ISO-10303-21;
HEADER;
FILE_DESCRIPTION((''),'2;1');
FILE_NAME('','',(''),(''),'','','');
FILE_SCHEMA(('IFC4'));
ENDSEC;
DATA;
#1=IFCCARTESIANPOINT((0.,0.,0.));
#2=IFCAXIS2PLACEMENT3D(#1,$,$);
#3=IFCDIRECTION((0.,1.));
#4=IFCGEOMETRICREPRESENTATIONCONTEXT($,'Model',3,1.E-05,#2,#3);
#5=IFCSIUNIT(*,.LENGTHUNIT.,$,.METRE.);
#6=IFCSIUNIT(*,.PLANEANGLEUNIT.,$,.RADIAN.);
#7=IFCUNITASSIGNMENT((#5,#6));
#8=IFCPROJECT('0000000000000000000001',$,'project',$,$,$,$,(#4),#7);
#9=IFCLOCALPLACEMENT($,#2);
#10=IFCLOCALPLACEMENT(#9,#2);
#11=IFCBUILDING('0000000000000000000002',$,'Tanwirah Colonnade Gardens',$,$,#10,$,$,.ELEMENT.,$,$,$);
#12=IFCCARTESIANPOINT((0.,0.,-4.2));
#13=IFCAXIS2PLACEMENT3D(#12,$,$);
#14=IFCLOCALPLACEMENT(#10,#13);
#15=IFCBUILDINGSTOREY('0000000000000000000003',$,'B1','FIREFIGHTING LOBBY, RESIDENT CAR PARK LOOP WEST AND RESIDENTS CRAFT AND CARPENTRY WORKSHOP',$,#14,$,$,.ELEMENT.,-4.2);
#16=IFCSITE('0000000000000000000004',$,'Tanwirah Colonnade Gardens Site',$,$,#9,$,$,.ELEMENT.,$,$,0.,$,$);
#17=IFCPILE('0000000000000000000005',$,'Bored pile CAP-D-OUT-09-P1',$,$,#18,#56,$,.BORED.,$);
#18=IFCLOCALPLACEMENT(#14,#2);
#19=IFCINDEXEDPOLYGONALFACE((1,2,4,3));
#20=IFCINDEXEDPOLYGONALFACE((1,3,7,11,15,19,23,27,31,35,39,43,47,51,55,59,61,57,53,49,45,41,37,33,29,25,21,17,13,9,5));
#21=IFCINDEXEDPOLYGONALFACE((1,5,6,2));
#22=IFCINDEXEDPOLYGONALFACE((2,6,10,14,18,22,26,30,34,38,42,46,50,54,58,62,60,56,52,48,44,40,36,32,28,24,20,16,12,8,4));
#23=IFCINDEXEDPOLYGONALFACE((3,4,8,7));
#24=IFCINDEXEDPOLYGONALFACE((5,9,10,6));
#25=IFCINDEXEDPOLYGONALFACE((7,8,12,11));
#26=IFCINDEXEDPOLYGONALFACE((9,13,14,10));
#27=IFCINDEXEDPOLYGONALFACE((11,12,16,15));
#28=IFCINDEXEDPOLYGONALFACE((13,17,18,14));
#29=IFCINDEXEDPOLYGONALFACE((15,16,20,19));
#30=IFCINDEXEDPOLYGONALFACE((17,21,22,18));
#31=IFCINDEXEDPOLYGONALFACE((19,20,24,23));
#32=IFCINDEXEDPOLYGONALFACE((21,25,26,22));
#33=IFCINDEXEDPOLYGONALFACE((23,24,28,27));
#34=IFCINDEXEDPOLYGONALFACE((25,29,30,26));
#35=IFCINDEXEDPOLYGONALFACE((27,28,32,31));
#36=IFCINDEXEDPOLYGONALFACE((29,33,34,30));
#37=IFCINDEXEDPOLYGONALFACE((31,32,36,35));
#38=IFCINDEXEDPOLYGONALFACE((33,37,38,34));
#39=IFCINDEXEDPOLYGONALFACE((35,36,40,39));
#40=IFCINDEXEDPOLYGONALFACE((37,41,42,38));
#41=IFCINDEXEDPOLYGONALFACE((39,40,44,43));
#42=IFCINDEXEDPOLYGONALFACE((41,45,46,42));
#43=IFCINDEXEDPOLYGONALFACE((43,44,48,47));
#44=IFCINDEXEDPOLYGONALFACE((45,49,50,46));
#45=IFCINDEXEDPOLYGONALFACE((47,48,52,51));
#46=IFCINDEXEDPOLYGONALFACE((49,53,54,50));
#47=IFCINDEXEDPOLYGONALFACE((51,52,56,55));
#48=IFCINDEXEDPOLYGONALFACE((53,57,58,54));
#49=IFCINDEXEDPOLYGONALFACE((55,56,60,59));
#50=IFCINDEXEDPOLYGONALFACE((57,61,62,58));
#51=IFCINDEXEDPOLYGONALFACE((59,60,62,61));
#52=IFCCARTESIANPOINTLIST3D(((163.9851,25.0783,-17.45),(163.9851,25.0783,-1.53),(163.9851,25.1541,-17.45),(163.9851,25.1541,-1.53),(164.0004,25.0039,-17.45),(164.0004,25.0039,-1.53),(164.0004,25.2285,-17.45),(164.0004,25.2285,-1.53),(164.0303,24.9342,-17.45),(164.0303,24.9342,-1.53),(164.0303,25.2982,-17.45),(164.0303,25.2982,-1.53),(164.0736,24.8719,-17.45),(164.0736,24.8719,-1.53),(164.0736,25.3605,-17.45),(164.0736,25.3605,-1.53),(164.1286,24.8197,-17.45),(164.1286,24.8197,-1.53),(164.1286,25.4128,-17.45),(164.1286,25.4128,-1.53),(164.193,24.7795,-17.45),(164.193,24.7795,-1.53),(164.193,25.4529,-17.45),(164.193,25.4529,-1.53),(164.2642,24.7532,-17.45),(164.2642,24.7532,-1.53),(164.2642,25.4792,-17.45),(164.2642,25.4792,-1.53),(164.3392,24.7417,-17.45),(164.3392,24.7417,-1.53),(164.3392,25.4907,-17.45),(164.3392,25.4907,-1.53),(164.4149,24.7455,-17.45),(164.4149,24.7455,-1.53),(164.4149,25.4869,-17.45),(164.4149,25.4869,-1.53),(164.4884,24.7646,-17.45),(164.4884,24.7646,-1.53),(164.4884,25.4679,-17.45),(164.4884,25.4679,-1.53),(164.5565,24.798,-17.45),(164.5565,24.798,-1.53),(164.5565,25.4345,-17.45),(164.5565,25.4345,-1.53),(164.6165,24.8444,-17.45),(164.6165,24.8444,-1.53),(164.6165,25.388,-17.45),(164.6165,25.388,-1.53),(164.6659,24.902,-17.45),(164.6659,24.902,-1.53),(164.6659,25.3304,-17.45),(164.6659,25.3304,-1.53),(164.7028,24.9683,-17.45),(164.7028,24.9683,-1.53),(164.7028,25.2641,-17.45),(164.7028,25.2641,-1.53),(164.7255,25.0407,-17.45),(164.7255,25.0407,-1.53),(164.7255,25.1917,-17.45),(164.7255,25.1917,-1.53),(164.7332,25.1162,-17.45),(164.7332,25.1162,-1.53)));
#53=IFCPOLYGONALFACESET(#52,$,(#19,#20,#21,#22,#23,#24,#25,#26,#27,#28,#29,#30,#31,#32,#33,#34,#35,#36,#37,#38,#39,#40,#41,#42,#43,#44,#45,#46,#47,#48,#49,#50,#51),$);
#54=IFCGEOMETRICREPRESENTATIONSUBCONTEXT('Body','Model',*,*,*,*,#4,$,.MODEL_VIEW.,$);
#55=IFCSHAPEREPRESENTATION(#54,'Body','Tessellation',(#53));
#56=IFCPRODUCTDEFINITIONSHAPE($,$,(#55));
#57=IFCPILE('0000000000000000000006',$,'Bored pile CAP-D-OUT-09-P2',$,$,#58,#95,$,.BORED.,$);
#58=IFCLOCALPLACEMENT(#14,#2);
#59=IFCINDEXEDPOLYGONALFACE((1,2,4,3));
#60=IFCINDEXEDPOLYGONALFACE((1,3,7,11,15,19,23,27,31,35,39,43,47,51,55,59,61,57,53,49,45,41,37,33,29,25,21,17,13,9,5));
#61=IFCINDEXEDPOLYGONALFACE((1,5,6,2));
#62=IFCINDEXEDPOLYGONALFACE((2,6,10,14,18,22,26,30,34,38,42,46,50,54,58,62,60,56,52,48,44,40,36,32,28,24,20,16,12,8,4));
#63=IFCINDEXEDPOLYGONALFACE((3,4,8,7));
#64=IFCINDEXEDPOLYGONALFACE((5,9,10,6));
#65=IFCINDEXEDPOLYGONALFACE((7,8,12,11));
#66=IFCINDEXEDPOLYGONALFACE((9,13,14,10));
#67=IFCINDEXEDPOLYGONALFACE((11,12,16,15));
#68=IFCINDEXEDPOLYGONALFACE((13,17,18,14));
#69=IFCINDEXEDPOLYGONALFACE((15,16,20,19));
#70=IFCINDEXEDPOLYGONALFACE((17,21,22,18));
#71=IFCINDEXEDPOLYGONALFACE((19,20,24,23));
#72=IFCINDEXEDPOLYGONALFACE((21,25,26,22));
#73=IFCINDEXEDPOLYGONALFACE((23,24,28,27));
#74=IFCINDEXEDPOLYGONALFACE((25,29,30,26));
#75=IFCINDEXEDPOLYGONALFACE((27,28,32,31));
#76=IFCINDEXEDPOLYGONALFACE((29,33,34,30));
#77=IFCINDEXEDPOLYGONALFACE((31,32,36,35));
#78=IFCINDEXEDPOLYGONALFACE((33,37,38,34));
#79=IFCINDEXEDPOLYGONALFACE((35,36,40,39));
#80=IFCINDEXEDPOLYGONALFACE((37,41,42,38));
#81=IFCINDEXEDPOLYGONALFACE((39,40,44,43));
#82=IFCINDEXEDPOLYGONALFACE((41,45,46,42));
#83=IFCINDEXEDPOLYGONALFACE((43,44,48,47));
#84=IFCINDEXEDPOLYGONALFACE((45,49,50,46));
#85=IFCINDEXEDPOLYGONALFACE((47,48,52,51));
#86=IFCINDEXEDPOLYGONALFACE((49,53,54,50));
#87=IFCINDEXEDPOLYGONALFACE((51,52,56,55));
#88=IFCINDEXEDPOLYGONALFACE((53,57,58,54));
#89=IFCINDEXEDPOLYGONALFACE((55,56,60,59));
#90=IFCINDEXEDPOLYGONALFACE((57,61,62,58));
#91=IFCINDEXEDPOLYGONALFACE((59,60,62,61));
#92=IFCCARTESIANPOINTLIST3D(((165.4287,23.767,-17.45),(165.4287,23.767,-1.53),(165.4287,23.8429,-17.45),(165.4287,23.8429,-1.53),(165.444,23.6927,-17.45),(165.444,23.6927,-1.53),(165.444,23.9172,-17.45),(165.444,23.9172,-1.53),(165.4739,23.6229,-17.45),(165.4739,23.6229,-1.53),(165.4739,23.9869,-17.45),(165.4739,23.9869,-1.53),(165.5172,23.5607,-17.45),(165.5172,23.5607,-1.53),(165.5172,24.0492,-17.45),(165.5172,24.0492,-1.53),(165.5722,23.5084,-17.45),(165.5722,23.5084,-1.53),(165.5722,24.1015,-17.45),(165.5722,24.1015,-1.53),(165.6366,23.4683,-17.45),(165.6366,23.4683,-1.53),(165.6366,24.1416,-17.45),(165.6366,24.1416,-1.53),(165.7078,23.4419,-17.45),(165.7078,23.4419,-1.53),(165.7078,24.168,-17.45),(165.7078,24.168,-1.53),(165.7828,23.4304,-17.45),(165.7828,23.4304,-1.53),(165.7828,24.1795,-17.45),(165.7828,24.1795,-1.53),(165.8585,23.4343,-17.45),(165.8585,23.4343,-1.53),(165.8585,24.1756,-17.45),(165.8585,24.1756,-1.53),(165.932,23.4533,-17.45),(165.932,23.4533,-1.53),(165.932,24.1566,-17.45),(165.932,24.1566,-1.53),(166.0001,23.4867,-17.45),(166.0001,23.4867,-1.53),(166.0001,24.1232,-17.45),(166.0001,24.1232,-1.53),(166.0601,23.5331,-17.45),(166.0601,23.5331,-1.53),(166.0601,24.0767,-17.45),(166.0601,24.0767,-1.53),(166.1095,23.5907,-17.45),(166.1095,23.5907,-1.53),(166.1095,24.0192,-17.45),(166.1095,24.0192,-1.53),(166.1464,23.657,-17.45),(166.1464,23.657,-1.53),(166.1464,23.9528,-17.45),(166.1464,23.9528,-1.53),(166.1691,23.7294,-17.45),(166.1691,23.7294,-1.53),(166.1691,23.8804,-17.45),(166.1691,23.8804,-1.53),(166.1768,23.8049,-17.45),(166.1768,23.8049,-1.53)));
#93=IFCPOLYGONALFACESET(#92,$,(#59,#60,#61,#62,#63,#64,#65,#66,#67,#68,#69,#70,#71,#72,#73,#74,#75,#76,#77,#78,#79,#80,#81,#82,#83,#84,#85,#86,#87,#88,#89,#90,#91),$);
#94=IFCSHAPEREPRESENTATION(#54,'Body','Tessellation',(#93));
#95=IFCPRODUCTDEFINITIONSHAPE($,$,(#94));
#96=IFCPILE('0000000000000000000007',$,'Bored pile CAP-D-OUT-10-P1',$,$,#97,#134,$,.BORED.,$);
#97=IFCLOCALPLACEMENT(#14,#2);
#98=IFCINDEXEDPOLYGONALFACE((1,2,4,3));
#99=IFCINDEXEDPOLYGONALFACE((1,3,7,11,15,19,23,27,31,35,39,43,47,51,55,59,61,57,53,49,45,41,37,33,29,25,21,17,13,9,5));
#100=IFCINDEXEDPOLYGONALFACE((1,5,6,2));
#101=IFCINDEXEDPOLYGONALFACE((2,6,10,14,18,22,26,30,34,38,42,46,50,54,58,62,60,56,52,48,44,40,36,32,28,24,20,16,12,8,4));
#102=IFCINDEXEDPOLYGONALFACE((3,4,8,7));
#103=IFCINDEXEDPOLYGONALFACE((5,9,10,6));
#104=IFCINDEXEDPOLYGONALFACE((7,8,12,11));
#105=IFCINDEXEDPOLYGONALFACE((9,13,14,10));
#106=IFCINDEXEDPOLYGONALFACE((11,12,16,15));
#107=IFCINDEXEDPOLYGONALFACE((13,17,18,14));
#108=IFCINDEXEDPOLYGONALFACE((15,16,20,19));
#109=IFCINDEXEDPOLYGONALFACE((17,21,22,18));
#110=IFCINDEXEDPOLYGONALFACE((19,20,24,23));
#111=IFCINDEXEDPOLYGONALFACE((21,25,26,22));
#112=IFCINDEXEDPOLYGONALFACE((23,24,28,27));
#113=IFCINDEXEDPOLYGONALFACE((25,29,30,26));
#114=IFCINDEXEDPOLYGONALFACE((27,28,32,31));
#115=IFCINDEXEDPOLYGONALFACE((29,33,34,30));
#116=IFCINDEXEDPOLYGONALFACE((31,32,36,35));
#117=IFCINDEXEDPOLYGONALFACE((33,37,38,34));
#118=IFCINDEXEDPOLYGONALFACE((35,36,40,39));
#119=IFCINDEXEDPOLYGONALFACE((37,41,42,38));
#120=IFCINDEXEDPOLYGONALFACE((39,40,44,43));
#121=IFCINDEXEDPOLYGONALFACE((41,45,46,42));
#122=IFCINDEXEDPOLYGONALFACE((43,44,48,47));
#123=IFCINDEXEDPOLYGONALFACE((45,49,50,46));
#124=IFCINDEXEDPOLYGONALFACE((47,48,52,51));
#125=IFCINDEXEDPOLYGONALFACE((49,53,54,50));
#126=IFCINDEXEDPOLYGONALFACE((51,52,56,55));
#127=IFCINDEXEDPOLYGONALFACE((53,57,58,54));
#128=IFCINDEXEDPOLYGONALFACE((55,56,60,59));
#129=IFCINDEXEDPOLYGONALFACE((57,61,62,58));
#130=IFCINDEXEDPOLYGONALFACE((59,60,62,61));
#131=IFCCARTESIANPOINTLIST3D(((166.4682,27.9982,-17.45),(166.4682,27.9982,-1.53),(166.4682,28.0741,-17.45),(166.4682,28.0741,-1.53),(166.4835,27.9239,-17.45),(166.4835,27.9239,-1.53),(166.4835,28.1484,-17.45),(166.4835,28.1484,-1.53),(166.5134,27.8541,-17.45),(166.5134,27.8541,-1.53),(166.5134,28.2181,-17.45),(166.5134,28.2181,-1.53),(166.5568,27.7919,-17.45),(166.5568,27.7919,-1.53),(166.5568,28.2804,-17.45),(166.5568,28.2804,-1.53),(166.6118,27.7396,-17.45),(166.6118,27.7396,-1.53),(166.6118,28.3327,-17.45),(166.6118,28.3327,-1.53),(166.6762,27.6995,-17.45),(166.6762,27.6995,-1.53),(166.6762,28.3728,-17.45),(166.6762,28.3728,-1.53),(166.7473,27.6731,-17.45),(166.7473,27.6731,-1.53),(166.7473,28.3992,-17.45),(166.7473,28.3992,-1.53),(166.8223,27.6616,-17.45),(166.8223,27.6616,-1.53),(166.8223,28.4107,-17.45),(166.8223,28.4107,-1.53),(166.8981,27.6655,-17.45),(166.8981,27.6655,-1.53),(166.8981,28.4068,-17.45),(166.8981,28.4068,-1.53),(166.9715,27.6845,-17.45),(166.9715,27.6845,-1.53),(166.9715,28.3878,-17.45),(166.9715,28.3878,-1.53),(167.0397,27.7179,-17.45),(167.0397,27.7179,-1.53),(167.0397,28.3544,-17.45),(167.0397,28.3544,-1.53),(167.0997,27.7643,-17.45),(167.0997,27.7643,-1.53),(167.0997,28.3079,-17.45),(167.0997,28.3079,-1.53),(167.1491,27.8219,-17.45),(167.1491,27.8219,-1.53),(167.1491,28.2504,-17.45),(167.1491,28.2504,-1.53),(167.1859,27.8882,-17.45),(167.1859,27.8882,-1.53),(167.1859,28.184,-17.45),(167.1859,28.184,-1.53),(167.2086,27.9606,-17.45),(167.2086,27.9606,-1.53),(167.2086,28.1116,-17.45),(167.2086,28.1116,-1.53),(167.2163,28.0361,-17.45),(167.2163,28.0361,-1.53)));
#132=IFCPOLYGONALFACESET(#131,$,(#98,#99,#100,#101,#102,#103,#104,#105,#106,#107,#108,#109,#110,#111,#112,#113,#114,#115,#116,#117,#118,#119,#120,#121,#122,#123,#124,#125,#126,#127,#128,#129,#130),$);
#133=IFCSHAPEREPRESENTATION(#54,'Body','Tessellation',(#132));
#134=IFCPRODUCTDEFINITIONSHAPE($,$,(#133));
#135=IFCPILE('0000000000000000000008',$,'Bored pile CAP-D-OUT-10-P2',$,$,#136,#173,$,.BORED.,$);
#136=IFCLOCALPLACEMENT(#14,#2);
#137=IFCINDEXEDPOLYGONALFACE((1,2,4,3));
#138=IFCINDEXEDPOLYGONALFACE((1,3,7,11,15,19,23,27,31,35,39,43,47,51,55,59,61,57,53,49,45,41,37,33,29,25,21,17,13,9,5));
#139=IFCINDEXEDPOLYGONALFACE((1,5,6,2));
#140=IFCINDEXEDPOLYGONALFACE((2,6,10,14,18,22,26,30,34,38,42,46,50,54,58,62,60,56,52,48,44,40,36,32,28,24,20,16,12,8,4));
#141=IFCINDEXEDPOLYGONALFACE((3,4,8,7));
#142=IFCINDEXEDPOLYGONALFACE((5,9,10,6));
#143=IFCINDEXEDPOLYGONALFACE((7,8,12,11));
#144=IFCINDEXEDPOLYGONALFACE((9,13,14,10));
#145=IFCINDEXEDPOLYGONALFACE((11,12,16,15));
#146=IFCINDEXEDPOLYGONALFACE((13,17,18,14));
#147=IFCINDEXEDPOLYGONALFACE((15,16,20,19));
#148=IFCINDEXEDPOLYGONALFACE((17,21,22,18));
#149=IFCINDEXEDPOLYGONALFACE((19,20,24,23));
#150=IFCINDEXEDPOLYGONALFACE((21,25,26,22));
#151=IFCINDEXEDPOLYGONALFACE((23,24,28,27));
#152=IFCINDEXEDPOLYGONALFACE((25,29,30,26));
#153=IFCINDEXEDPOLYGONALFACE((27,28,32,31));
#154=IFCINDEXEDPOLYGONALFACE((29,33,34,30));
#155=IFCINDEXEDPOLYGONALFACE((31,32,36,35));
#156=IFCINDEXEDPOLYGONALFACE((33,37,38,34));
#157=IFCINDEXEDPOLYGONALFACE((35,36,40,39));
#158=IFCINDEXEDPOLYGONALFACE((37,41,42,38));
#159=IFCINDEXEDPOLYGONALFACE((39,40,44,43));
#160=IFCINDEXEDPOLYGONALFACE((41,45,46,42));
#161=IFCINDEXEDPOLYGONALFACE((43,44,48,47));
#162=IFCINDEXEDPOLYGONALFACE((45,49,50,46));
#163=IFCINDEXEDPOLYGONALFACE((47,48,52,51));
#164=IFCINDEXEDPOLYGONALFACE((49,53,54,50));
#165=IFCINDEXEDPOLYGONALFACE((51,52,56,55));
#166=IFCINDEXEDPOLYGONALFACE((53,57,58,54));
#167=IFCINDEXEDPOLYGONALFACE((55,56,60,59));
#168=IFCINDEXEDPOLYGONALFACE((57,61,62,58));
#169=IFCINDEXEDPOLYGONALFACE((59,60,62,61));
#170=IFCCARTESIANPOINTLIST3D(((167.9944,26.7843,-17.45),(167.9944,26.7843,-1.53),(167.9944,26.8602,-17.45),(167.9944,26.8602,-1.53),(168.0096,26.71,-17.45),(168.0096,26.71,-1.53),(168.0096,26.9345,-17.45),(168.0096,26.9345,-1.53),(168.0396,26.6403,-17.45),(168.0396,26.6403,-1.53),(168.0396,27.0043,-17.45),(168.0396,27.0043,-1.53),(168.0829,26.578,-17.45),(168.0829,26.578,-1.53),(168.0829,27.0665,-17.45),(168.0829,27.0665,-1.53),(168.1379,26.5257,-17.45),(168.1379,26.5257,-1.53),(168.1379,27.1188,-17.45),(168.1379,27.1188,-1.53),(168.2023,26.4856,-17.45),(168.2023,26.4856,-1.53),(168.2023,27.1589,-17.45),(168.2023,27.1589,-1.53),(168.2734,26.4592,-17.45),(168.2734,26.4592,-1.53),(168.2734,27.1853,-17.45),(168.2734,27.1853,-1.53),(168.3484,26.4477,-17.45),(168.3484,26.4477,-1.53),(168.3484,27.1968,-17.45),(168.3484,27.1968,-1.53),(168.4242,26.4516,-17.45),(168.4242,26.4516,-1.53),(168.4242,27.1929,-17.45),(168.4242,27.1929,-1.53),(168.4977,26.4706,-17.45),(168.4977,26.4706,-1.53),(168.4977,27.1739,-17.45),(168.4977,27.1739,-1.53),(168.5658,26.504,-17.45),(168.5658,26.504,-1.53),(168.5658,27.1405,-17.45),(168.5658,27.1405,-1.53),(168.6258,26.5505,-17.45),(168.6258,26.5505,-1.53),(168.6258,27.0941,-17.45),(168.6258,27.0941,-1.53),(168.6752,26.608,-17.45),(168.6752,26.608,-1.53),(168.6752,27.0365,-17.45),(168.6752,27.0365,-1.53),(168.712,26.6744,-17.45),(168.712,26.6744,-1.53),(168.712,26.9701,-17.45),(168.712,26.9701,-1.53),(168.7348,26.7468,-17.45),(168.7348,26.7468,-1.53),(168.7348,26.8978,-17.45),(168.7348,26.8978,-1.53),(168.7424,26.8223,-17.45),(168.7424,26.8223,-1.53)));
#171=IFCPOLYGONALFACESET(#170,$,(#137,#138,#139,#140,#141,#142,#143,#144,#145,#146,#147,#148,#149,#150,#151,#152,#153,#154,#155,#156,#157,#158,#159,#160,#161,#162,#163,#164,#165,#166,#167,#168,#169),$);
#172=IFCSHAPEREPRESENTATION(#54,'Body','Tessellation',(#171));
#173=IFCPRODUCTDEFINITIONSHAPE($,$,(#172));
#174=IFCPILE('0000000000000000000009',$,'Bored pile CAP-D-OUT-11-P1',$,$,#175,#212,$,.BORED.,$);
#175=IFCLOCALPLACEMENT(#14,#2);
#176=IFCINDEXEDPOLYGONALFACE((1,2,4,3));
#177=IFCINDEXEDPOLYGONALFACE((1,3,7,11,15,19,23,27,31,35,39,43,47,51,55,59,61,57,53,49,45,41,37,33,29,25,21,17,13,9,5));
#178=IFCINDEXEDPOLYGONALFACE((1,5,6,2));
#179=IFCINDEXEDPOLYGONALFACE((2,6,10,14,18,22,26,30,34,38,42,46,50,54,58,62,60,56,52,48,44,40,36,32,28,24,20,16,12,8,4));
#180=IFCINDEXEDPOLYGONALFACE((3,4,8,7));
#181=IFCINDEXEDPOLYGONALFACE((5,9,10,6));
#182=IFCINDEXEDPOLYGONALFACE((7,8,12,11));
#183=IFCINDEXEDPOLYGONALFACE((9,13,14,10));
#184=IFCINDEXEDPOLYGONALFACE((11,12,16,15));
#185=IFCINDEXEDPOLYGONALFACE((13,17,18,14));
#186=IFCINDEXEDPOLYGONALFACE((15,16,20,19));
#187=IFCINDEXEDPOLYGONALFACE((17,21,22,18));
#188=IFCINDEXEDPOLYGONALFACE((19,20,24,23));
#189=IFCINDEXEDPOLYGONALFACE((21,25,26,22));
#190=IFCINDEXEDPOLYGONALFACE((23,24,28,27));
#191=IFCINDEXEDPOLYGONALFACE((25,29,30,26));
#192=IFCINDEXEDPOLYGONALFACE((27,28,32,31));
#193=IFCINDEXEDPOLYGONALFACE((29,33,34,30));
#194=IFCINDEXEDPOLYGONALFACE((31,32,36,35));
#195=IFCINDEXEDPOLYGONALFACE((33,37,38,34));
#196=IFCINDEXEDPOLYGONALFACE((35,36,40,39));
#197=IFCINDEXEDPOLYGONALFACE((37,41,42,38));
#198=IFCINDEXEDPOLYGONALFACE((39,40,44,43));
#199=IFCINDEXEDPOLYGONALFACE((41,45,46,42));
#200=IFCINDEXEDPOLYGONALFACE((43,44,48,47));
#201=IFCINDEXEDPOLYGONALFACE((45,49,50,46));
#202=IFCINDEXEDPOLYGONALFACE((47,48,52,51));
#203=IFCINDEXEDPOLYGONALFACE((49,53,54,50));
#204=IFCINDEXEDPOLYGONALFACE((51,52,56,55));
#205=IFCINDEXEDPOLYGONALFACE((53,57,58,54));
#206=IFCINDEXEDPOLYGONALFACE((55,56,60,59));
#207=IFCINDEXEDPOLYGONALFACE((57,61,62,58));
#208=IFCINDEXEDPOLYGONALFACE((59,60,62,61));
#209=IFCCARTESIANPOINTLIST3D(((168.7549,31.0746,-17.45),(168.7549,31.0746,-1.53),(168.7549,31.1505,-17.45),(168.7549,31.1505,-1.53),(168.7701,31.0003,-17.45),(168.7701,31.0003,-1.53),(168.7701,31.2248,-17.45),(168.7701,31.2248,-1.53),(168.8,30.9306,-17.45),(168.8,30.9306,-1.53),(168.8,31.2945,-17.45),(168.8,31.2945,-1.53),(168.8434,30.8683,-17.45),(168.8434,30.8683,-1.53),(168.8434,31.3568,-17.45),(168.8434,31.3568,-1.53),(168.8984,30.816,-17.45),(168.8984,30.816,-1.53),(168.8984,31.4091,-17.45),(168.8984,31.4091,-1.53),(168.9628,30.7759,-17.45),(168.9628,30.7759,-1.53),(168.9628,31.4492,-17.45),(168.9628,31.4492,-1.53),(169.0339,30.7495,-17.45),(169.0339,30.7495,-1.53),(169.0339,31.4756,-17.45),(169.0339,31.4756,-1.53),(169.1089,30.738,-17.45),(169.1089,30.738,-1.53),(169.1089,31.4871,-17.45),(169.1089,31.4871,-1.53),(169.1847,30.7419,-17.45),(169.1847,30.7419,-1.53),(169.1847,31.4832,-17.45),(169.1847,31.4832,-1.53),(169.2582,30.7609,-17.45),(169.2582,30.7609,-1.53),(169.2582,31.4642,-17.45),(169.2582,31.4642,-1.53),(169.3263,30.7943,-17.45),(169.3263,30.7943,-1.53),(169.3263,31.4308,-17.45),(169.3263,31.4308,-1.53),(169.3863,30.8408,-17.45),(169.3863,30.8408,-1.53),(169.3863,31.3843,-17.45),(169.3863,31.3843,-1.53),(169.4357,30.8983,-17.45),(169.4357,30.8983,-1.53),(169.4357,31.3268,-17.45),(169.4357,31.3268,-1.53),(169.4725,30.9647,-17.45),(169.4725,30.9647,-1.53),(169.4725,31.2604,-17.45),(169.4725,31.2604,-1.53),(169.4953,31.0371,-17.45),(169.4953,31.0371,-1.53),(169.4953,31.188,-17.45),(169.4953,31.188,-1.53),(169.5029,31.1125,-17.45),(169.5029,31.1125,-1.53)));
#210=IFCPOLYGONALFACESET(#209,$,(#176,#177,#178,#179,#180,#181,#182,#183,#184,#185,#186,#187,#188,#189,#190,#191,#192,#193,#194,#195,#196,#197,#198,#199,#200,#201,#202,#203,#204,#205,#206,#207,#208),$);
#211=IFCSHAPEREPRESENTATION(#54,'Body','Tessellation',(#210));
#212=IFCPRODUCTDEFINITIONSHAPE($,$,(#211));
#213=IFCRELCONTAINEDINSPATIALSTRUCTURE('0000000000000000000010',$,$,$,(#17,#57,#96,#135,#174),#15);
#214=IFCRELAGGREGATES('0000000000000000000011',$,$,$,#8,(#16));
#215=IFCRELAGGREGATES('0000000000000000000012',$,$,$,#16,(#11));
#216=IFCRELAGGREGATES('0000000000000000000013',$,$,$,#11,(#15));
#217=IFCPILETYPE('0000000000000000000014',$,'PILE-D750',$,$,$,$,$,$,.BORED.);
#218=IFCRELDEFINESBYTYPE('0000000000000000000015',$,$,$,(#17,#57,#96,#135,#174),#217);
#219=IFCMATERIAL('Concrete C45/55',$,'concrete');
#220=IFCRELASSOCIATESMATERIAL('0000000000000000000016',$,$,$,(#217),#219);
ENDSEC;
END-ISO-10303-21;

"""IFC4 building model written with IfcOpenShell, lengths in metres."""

from ifc_helpers import new_model, si_unit, direction, frame, origin, origin_2d, place, context, subcontext, project, spatial, circle, extrude, material, material_profile, profile_set, type_object, element, save


model = new_model("IFC4")

# Units and contexts
model_context = context("Model", 3, precision=1e-05, world=origin(), true_north=direction((0.0, 1.0)))
body_context = subcontext(model_context, "Body", "Model", "MODEL_VIEW")
ifc_project = project(units=[si_unit("LENGTHUNIT", "METRE"), si_unit("PLANEANGLEUNIT", "RADIAN")], contexts=[model_context])

# Site, building, storey
site_placement = place(None, origin())
site = spatial("IfcSite", under=ifc_project, at=site_placement, Name="Tanwirah Colonnade Gardens Site", CompositionType="ELEMENT", RefElevation=0.0)
building_placement = place(site_placement, origin())
building = spatial("IfcBuilding", under=site, at=building_placement, Name="Tanwirah Colonnade Gardens", CompositionType="ELEMENT")
storey_placement = place(building_placement, frame((0.0, 0.0, -4.2)))
storey = spatial("IfcBuildingStorey", under=building, at=storey_placement, Name="B1", Description="FIREFIGHTING LOBBY, RESIDENT CAR PARK LOOP WEST AND RESIDENTS CRAFT AND CARPENTRY WORKSHOP", CompositionType="ELEMENT", Elevation=-4.2)

# Shared definitions
ifc_material_1 = material(Name="Concrete C45/55", Category="concrete")

# Piles
ifc_material_profile_1 = material_profile(ifc_material_1, circle(Radius=0.375, at=origin_2d()), Name="PILE D750")
ifc_profile_set_1 = profile_set([ifc_material_profile_1], Name="Concrete C45/55")
pile_type_1 = type_object("IfcPileType", Name="PILE-D750", PredefinedType="BORED", material=ifc_profile_set_1)
for number, where, z_axis, x_axis, name in (
    (1, (164.3582, 25.1162, -1.53), (0.0, 0.0, -1.0), (1.0, 0.0, 0.0), "Bored pile CAP-D-OUT-09-P1"),
    (2, (165.8018, 23.8049, -1.53), (0.0, 0.0, -1.0), (1.0, 0.0, 0.0), "Bored pile CAP-D-OUT-09-P2"),
    (3, (166.8413, 28.0361, -1.53), (0.0, 0.0, -1.0), (1.0, 0.0, 0.0), "Bored pile CAP-D-OUT-10-P1"),
    (4, (168.3674, 26.8223, -1.53), (0.0, 0.0, -1.0), (1.0, 0.0, 0.0), "Bored pile CAP-D-OUT-10-P2"),
    (5, (169.1279, 31.1125, -1.53), (0.0, 0.0, -1.0), (1.0, 0.0, 0.0), "Bored pile CAP-D-OUT-11-P1"),
):
    element("IfcPile", number, at=place(storey_placement, frame(where, z_axis=z_axis, x_axis=x_axis)), inside=storey, type_object=pile_type_1, Name=name, PredefinedType="BORED", context=body_context, shape_type="SweptSolid", body=[
        extrude(circle(Radius=0.375, at=origin_2d()), origin(), (0.0, 0.0, 1.0), 15.9199),
    ])

save(model, "model.ifc")
